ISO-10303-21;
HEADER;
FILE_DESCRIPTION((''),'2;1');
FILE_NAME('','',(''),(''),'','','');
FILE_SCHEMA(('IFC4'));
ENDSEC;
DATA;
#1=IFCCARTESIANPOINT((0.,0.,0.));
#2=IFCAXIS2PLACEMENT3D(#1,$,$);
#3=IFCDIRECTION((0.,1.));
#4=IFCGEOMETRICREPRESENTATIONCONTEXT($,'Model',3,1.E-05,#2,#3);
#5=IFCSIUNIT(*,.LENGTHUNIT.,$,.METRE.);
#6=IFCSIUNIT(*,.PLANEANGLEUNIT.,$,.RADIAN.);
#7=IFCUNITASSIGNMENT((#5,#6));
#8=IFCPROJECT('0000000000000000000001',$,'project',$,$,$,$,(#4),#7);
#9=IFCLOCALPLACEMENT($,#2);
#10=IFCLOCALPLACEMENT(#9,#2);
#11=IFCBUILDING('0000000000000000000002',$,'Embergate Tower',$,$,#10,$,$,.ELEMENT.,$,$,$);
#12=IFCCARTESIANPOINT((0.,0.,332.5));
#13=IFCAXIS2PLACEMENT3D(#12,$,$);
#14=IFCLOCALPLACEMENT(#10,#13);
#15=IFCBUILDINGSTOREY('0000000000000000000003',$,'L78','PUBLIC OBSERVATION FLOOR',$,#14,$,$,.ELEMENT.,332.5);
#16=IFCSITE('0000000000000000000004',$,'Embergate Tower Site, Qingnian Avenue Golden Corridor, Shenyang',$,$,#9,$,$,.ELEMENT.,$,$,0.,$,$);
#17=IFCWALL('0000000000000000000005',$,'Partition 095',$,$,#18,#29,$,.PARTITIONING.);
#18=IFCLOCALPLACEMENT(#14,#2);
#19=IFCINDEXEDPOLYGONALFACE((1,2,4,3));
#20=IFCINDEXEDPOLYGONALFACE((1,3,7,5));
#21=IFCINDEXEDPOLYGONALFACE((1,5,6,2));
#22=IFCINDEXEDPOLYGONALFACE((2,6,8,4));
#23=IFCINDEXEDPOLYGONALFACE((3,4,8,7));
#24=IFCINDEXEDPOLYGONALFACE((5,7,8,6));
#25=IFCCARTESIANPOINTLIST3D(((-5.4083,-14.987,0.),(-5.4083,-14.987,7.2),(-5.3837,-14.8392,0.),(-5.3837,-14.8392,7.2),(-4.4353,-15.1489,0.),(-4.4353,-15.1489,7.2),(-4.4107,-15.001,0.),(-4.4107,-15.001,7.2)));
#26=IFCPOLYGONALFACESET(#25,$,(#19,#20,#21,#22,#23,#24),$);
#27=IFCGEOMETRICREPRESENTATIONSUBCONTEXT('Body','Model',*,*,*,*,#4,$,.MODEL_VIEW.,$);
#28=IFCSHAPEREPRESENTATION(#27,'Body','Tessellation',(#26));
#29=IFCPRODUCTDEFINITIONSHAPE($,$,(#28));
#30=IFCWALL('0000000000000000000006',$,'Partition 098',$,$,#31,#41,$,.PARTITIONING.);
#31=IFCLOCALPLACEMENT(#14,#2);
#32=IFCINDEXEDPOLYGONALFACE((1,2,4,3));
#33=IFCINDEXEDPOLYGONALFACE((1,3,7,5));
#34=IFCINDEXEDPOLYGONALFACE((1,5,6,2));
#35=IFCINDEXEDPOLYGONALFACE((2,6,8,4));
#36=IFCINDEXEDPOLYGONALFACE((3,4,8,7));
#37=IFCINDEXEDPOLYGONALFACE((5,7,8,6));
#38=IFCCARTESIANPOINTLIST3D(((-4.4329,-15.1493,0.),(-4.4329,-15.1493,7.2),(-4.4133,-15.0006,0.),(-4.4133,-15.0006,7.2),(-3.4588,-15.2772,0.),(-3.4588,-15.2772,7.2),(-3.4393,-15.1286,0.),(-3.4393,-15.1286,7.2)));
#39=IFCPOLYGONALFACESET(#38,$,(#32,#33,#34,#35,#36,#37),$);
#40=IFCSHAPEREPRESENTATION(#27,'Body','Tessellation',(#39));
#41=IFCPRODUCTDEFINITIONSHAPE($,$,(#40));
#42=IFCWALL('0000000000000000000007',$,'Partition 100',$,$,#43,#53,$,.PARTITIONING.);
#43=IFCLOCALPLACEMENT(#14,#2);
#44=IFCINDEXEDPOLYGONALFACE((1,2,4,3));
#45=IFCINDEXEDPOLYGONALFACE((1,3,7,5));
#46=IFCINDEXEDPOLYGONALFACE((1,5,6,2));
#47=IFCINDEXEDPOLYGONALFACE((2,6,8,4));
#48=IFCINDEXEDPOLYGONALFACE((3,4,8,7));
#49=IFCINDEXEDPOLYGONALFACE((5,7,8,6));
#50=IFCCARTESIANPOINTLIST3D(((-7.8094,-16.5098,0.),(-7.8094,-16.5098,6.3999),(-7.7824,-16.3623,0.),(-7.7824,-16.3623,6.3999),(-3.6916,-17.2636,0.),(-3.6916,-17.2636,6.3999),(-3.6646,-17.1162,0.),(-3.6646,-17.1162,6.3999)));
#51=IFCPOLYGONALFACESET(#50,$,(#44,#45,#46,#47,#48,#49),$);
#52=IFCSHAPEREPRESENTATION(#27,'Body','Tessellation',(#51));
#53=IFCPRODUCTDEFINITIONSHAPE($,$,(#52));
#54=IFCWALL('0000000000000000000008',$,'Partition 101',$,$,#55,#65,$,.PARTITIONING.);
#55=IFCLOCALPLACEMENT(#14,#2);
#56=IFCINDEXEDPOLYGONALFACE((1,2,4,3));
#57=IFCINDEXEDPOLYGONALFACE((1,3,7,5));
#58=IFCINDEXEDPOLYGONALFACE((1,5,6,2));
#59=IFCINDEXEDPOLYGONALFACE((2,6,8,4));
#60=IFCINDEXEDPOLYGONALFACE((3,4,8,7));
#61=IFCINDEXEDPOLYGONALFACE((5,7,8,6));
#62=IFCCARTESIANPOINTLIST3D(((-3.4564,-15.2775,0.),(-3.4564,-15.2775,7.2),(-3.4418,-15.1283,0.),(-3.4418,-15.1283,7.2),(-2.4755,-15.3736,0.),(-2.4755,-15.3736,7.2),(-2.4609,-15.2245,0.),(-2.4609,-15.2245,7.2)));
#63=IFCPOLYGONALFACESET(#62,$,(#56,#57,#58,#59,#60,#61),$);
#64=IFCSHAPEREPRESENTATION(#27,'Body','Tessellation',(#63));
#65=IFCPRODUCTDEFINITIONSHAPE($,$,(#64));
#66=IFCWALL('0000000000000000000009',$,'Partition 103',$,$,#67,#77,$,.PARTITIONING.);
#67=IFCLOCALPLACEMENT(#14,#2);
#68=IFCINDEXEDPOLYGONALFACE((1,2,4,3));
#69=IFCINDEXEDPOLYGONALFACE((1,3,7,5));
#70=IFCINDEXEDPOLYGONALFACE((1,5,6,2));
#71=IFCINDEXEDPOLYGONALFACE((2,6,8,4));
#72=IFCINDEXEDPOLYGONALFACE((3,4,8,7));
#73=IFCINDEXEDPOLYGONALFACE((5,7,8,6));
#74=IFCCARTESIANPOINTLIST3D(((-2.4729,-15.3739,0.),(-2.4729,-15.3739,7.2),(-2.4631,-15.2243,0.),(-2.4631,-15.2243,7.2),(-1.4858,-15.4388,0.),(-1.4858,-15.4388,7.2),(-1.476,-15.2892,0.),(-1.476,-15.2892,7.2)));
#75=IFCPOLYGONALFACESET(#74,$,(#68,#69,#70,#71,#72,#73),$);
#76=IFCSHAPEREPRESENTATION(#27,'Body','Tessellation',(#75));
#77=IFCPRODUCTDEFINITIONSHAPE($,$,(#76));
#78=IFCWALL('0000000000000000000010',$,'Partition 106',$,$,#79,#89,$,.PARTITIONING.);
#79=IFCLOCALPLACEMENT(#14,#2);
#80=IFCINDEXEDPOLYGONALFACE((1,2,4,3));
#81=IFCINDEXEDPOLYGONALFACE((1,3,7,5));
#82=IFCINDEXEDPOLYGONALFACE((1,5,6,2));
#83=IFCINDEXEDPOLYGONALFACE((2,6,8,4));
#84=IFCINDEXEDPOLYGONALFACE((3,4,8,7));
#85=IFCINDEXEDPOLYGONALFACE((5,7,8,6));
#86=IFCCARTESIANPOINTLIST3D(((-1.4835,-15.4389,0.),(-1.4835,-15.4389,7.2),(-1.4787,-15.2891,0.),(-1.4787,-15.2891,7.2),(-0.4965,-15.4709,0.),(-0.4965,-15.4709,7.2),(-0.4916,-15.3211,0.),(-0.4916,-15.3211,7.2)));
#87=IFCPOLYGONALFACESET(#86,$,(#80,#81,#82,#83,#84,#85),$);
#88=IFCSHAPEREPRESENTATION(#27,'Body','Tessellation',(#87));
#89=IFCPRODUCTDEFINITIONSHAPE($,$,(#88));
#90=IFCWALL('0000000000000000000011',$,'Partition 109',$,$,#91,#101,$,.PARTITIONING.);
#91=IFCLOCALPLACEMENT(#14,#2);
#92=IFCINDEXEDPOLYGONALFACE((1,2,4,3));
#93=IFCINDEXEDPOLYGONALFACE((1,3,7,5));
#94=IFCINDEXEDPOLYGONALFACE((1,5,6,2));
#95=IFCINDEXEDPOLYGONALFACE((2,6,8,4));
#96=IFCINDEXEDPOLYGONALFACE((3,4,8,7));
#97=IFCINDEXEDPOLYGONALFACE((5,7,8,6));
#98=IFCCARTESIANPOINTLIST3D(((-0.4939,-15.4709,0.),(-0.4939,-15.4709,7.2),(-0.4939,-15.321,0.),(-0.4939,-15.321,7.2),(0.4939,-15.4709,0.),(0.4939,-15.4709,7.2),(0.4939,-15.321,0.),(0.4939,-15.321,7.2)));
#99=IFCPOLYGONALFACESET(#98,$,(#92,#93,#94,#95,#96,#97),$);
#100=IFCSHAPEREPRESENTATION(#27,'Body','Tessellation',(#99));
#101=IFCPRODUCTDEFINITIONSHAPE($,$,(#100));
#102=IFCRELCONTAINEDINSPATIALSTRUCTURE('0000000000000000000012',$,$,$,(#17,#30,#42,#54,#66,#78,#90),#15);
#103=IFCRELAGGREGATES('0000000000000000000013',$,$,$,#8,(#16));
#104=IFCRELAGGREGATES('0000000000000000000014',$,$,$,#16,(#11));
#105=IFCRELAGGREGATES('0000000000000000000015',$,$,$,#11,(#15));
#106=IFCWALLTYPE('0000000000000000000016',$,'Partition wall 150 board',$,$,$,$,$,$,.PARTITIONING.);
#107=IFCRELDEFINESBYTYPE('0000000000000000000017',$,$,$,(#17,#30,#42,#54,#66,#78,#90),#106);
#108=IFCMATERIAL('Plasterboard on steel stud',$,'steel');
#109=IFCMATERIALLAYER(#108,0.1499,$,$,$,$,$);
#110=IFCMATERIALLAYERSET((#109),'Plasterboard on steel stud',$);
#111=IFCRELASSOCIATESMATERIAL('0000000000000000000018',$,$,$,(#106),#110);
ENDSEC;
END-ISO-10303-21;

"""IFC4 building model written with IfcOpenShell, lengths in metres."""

from ifc_helpers import new_model, si_unit, direction, frame, frame_2d, origin, place, context, subcontext, project, spatial, rectangle, extrude, source, transform, mapped, material, layer, layer_set, type_object, element, save


model = new_model("IFC4")

# Units and contexts
model_context = context("Model", 3, precision=1e-05, world=origin(), true_north=direction((0.0, 1.0)))
body_context = subcontext(model_context, "Body", "Model", "MODEL_VIEW")
ifc_project = project(units=[si_unit("LENGTHUNIT", "METRE"), si_unit("PLANEANGLEUNIT", "RADIAN")], contexts=[model_context])

# Site, building, storey
site_placement = place(None, origin())
site = spatial("IfcSite", under=ifc_project, at=site_placement, Name="Embergate Tower Site, Qingnian Avenue Golden Corridor, Shenyang", CompositionType="ELEMENT", RefElevation=0.0)
building_placement = place(site_placement, origin())
building = spatial("IfcBuilding", under=site, at=building_placement, Name="Embergate Tower", CompositionType="ELEMENT")
storey_placement = place(building_placement, frame((0.0, 0.0, 332.5)))
storey = spatial("IfcBuildingStorey", under=building, at=storey_placement, Name="L78", Description="PUBLIC OBSERVATION FLOOR", CompositionType="ELEMENT", Elevation=332.5)

# Shared definitions
ifc_material_1 = material(Name="Plasterboard on steel stud", Category="steel")
ifc_layer_1 = layer(ifc_material_1, 0.1499)
ifc_layer_set_1 = layer_set([ifc_layer_1], Name="Plasterboard on steel stud")
wall_type_1 = type_object("IfcWallType", Name="Partition wall 150 board", PredefinedType="PARTITIONING", material=ifc_layer_set_1)

# Walls
shared_shape_1 = source(origin(), body_context, "Body", "SweptSolid", [
    extrude(rectangle(XDim=0.9863, YDim=0.1499, at=frame_2d((0.4932, 0.0))), origin(), (0.0, 0.0, 1.0), 7.2),
])
wall_1_placement = place(storey_placement, frame((-5.396, -14.9131, 0.0), z_axis=(0.0, 0.0, 1.0), x_axis=(0.986441, -0.164118, 0.0)))
element("IfcWall", 1, at=wall_1_placement, inside=storey, type_object=wall_type_1, Name="Partition 095", PredefinedType="PARTITIONING", context=body_context, shape_type="MappedRepresentation", body=[
    mapped(shared_shape_1, transform((0.0, 0.0, 0.0))),
])
shared_shape_2 = source(origin(), body_context, "Body", "SweptSolid", [
    extrude(rectangle(XDim=0.9824, YDim=0.1499, at=frame_2d((0.4912, 0.0))), origin(), (0.0, 0.0, 1.0), 7.2),
])
wall_2_placement = place(storey_placement, frame((-4.4231, -15.075, 0.0), z_axis=(0.0, 0.0, 1.0), x_axis=(0.991486, -0.13021, 0.0)))
element("IfcWall", 2, at=wall_2_placement, inside=storey, type_object=wall_type_1, Name="Partition 098", PredefinedType="PARTITIONING", context=body_context, shape_type="MappedRepresentation", body=[
    mapped(shared_shape_2, transform((0.0, 0.0, 0.0))),
])
shared_shape_3 = source(origin(), body_context, "Body", "SweptSolid", [
    extrude(rectangle(XDim=4.1863, YDim=0.1499, at=frame_2d((2.0933, 0.0))), origin(), (0.0, 0.0, 1.0), 6.3999),
])
wall_3_placement = place(storey_placement, frame((-3.678, -17.1899, 0.0), z_axis=(0.0, 0.0, 1.0), x_axis=(-0.983651, 0.180086, 0.0)))
element("IfcWall", 3, at=wall_3_placement, inside=storey, type_object=wall_type_1, Name="Partition 100", PredefinedType="PARTITIONING", context=body_context, shape_type="MappedRepresentation", body=[
    mapped(shared_shape_3, transform((0.0, 0.0, 0.0))),
])
shared_shape_4 = source(origin(), body_context, "Body", "SweptSolid", [
    extrude(rectangle(XDim=0.9856, YDim=0.1499, at=frame_2d((0.4927, 0.0))), origin(), (0.0, 0.0, 1.0), 7.2),
])
wall_4_placement = place(storey_placement, frame((-3.449, -15.2029, 0.0), z_axis=(0.0, 0.0, 1.0), x_axis=(0.995227, -0.097591, 0.0)))
element("IfcWall", 4, at=wall_4_placement, inside=storey, type_object=wall_type_1, Name="Partition 101", PredefinedType="PARTITIONING", context=body_context, shape_type="MappedRepresentation", body=[
    mapped(shared_shape_4, transform((0.0, 0.0, 0.0))),
])
shared_shape_5 = source(origin(), body_context, "Body", "SweptSolid", [
    extrude(rectangle(XDim=0.9893, YDim=0.1499, at=frame_2d((0.4946, 0.0))), origin(), (0.0, 0.0, 1.0), 7.2),
])
wall_5_placement = place(storey_placement, frame((-2.468, -15.2991, 0.0), z_axis=(0.0, 0.0, 1.0), x_axis=(0.997843, -0.065651, 0.0)))
element("IfcWall", 5, at=wall_5_placement, inside=storey, type_object=wall_type_1, Name="Partition 103", PredefinedType="PARTITIONING", context=body_context, shape_type="MappedRepresentation", body=[
    mapped(shared_shape_5, transform((0.0, 0.0, 0.0))),
])
shared_shape_6 = source(origin(), body_context, "Body", "SweptSolid", [
    extrude(rectangle(XDim=0.9875, YDim=0.1499, at=frame_2d((0.4937, 0.0))), origin(), (0.0, 0.0, 1.0), 7.2),
])
wall_6_placement = place(storey_placement, frame((-1.481, -15.364, 0.0), z_axis=(0.0, 0.0, 1.0), x_axis=(0.999475, -0.032385, 0.0)))
element("IfcWall", 6, at=wall_6_placement, inside=storey, type_object=wall_type_1, Name="Partition 106", PredefinedType="PARTITIONING", context=body_context, shape_type="MappedRepresentation", body=[
    mapped(shared_shape_6, transform((0.0, 0.0, 0.0))),
])
shared_shape_7 = source(origin(), body_context, "Body", "SweptSolid", [
    extrude(rectangle(XDim=0.9878, YDim=0.1499, at=frame_2d((0.4939, 0.0))), origin(), (0.0, 0.0, 1.0), 7.2),
])
wall_7_placement = place(storey_placement, frame((-0.4939, -15.396, 0.0), z_axis=(0.0, 0.0, 1.0), x_axis=(1.0, 0.0, 0.0)))
element("IfcWall", 7, at=wall_7_placement, inside=storey, type_object=wall_type_1, Name="Partition 109", PredefinedType="PARTITIONING", context=body_context, shape_type="MappedRepresentation", body=[
    mapped(shared_shape_7, transform((0.0, 0.0, 0.0))),
])

save(model, "model.ifc")
